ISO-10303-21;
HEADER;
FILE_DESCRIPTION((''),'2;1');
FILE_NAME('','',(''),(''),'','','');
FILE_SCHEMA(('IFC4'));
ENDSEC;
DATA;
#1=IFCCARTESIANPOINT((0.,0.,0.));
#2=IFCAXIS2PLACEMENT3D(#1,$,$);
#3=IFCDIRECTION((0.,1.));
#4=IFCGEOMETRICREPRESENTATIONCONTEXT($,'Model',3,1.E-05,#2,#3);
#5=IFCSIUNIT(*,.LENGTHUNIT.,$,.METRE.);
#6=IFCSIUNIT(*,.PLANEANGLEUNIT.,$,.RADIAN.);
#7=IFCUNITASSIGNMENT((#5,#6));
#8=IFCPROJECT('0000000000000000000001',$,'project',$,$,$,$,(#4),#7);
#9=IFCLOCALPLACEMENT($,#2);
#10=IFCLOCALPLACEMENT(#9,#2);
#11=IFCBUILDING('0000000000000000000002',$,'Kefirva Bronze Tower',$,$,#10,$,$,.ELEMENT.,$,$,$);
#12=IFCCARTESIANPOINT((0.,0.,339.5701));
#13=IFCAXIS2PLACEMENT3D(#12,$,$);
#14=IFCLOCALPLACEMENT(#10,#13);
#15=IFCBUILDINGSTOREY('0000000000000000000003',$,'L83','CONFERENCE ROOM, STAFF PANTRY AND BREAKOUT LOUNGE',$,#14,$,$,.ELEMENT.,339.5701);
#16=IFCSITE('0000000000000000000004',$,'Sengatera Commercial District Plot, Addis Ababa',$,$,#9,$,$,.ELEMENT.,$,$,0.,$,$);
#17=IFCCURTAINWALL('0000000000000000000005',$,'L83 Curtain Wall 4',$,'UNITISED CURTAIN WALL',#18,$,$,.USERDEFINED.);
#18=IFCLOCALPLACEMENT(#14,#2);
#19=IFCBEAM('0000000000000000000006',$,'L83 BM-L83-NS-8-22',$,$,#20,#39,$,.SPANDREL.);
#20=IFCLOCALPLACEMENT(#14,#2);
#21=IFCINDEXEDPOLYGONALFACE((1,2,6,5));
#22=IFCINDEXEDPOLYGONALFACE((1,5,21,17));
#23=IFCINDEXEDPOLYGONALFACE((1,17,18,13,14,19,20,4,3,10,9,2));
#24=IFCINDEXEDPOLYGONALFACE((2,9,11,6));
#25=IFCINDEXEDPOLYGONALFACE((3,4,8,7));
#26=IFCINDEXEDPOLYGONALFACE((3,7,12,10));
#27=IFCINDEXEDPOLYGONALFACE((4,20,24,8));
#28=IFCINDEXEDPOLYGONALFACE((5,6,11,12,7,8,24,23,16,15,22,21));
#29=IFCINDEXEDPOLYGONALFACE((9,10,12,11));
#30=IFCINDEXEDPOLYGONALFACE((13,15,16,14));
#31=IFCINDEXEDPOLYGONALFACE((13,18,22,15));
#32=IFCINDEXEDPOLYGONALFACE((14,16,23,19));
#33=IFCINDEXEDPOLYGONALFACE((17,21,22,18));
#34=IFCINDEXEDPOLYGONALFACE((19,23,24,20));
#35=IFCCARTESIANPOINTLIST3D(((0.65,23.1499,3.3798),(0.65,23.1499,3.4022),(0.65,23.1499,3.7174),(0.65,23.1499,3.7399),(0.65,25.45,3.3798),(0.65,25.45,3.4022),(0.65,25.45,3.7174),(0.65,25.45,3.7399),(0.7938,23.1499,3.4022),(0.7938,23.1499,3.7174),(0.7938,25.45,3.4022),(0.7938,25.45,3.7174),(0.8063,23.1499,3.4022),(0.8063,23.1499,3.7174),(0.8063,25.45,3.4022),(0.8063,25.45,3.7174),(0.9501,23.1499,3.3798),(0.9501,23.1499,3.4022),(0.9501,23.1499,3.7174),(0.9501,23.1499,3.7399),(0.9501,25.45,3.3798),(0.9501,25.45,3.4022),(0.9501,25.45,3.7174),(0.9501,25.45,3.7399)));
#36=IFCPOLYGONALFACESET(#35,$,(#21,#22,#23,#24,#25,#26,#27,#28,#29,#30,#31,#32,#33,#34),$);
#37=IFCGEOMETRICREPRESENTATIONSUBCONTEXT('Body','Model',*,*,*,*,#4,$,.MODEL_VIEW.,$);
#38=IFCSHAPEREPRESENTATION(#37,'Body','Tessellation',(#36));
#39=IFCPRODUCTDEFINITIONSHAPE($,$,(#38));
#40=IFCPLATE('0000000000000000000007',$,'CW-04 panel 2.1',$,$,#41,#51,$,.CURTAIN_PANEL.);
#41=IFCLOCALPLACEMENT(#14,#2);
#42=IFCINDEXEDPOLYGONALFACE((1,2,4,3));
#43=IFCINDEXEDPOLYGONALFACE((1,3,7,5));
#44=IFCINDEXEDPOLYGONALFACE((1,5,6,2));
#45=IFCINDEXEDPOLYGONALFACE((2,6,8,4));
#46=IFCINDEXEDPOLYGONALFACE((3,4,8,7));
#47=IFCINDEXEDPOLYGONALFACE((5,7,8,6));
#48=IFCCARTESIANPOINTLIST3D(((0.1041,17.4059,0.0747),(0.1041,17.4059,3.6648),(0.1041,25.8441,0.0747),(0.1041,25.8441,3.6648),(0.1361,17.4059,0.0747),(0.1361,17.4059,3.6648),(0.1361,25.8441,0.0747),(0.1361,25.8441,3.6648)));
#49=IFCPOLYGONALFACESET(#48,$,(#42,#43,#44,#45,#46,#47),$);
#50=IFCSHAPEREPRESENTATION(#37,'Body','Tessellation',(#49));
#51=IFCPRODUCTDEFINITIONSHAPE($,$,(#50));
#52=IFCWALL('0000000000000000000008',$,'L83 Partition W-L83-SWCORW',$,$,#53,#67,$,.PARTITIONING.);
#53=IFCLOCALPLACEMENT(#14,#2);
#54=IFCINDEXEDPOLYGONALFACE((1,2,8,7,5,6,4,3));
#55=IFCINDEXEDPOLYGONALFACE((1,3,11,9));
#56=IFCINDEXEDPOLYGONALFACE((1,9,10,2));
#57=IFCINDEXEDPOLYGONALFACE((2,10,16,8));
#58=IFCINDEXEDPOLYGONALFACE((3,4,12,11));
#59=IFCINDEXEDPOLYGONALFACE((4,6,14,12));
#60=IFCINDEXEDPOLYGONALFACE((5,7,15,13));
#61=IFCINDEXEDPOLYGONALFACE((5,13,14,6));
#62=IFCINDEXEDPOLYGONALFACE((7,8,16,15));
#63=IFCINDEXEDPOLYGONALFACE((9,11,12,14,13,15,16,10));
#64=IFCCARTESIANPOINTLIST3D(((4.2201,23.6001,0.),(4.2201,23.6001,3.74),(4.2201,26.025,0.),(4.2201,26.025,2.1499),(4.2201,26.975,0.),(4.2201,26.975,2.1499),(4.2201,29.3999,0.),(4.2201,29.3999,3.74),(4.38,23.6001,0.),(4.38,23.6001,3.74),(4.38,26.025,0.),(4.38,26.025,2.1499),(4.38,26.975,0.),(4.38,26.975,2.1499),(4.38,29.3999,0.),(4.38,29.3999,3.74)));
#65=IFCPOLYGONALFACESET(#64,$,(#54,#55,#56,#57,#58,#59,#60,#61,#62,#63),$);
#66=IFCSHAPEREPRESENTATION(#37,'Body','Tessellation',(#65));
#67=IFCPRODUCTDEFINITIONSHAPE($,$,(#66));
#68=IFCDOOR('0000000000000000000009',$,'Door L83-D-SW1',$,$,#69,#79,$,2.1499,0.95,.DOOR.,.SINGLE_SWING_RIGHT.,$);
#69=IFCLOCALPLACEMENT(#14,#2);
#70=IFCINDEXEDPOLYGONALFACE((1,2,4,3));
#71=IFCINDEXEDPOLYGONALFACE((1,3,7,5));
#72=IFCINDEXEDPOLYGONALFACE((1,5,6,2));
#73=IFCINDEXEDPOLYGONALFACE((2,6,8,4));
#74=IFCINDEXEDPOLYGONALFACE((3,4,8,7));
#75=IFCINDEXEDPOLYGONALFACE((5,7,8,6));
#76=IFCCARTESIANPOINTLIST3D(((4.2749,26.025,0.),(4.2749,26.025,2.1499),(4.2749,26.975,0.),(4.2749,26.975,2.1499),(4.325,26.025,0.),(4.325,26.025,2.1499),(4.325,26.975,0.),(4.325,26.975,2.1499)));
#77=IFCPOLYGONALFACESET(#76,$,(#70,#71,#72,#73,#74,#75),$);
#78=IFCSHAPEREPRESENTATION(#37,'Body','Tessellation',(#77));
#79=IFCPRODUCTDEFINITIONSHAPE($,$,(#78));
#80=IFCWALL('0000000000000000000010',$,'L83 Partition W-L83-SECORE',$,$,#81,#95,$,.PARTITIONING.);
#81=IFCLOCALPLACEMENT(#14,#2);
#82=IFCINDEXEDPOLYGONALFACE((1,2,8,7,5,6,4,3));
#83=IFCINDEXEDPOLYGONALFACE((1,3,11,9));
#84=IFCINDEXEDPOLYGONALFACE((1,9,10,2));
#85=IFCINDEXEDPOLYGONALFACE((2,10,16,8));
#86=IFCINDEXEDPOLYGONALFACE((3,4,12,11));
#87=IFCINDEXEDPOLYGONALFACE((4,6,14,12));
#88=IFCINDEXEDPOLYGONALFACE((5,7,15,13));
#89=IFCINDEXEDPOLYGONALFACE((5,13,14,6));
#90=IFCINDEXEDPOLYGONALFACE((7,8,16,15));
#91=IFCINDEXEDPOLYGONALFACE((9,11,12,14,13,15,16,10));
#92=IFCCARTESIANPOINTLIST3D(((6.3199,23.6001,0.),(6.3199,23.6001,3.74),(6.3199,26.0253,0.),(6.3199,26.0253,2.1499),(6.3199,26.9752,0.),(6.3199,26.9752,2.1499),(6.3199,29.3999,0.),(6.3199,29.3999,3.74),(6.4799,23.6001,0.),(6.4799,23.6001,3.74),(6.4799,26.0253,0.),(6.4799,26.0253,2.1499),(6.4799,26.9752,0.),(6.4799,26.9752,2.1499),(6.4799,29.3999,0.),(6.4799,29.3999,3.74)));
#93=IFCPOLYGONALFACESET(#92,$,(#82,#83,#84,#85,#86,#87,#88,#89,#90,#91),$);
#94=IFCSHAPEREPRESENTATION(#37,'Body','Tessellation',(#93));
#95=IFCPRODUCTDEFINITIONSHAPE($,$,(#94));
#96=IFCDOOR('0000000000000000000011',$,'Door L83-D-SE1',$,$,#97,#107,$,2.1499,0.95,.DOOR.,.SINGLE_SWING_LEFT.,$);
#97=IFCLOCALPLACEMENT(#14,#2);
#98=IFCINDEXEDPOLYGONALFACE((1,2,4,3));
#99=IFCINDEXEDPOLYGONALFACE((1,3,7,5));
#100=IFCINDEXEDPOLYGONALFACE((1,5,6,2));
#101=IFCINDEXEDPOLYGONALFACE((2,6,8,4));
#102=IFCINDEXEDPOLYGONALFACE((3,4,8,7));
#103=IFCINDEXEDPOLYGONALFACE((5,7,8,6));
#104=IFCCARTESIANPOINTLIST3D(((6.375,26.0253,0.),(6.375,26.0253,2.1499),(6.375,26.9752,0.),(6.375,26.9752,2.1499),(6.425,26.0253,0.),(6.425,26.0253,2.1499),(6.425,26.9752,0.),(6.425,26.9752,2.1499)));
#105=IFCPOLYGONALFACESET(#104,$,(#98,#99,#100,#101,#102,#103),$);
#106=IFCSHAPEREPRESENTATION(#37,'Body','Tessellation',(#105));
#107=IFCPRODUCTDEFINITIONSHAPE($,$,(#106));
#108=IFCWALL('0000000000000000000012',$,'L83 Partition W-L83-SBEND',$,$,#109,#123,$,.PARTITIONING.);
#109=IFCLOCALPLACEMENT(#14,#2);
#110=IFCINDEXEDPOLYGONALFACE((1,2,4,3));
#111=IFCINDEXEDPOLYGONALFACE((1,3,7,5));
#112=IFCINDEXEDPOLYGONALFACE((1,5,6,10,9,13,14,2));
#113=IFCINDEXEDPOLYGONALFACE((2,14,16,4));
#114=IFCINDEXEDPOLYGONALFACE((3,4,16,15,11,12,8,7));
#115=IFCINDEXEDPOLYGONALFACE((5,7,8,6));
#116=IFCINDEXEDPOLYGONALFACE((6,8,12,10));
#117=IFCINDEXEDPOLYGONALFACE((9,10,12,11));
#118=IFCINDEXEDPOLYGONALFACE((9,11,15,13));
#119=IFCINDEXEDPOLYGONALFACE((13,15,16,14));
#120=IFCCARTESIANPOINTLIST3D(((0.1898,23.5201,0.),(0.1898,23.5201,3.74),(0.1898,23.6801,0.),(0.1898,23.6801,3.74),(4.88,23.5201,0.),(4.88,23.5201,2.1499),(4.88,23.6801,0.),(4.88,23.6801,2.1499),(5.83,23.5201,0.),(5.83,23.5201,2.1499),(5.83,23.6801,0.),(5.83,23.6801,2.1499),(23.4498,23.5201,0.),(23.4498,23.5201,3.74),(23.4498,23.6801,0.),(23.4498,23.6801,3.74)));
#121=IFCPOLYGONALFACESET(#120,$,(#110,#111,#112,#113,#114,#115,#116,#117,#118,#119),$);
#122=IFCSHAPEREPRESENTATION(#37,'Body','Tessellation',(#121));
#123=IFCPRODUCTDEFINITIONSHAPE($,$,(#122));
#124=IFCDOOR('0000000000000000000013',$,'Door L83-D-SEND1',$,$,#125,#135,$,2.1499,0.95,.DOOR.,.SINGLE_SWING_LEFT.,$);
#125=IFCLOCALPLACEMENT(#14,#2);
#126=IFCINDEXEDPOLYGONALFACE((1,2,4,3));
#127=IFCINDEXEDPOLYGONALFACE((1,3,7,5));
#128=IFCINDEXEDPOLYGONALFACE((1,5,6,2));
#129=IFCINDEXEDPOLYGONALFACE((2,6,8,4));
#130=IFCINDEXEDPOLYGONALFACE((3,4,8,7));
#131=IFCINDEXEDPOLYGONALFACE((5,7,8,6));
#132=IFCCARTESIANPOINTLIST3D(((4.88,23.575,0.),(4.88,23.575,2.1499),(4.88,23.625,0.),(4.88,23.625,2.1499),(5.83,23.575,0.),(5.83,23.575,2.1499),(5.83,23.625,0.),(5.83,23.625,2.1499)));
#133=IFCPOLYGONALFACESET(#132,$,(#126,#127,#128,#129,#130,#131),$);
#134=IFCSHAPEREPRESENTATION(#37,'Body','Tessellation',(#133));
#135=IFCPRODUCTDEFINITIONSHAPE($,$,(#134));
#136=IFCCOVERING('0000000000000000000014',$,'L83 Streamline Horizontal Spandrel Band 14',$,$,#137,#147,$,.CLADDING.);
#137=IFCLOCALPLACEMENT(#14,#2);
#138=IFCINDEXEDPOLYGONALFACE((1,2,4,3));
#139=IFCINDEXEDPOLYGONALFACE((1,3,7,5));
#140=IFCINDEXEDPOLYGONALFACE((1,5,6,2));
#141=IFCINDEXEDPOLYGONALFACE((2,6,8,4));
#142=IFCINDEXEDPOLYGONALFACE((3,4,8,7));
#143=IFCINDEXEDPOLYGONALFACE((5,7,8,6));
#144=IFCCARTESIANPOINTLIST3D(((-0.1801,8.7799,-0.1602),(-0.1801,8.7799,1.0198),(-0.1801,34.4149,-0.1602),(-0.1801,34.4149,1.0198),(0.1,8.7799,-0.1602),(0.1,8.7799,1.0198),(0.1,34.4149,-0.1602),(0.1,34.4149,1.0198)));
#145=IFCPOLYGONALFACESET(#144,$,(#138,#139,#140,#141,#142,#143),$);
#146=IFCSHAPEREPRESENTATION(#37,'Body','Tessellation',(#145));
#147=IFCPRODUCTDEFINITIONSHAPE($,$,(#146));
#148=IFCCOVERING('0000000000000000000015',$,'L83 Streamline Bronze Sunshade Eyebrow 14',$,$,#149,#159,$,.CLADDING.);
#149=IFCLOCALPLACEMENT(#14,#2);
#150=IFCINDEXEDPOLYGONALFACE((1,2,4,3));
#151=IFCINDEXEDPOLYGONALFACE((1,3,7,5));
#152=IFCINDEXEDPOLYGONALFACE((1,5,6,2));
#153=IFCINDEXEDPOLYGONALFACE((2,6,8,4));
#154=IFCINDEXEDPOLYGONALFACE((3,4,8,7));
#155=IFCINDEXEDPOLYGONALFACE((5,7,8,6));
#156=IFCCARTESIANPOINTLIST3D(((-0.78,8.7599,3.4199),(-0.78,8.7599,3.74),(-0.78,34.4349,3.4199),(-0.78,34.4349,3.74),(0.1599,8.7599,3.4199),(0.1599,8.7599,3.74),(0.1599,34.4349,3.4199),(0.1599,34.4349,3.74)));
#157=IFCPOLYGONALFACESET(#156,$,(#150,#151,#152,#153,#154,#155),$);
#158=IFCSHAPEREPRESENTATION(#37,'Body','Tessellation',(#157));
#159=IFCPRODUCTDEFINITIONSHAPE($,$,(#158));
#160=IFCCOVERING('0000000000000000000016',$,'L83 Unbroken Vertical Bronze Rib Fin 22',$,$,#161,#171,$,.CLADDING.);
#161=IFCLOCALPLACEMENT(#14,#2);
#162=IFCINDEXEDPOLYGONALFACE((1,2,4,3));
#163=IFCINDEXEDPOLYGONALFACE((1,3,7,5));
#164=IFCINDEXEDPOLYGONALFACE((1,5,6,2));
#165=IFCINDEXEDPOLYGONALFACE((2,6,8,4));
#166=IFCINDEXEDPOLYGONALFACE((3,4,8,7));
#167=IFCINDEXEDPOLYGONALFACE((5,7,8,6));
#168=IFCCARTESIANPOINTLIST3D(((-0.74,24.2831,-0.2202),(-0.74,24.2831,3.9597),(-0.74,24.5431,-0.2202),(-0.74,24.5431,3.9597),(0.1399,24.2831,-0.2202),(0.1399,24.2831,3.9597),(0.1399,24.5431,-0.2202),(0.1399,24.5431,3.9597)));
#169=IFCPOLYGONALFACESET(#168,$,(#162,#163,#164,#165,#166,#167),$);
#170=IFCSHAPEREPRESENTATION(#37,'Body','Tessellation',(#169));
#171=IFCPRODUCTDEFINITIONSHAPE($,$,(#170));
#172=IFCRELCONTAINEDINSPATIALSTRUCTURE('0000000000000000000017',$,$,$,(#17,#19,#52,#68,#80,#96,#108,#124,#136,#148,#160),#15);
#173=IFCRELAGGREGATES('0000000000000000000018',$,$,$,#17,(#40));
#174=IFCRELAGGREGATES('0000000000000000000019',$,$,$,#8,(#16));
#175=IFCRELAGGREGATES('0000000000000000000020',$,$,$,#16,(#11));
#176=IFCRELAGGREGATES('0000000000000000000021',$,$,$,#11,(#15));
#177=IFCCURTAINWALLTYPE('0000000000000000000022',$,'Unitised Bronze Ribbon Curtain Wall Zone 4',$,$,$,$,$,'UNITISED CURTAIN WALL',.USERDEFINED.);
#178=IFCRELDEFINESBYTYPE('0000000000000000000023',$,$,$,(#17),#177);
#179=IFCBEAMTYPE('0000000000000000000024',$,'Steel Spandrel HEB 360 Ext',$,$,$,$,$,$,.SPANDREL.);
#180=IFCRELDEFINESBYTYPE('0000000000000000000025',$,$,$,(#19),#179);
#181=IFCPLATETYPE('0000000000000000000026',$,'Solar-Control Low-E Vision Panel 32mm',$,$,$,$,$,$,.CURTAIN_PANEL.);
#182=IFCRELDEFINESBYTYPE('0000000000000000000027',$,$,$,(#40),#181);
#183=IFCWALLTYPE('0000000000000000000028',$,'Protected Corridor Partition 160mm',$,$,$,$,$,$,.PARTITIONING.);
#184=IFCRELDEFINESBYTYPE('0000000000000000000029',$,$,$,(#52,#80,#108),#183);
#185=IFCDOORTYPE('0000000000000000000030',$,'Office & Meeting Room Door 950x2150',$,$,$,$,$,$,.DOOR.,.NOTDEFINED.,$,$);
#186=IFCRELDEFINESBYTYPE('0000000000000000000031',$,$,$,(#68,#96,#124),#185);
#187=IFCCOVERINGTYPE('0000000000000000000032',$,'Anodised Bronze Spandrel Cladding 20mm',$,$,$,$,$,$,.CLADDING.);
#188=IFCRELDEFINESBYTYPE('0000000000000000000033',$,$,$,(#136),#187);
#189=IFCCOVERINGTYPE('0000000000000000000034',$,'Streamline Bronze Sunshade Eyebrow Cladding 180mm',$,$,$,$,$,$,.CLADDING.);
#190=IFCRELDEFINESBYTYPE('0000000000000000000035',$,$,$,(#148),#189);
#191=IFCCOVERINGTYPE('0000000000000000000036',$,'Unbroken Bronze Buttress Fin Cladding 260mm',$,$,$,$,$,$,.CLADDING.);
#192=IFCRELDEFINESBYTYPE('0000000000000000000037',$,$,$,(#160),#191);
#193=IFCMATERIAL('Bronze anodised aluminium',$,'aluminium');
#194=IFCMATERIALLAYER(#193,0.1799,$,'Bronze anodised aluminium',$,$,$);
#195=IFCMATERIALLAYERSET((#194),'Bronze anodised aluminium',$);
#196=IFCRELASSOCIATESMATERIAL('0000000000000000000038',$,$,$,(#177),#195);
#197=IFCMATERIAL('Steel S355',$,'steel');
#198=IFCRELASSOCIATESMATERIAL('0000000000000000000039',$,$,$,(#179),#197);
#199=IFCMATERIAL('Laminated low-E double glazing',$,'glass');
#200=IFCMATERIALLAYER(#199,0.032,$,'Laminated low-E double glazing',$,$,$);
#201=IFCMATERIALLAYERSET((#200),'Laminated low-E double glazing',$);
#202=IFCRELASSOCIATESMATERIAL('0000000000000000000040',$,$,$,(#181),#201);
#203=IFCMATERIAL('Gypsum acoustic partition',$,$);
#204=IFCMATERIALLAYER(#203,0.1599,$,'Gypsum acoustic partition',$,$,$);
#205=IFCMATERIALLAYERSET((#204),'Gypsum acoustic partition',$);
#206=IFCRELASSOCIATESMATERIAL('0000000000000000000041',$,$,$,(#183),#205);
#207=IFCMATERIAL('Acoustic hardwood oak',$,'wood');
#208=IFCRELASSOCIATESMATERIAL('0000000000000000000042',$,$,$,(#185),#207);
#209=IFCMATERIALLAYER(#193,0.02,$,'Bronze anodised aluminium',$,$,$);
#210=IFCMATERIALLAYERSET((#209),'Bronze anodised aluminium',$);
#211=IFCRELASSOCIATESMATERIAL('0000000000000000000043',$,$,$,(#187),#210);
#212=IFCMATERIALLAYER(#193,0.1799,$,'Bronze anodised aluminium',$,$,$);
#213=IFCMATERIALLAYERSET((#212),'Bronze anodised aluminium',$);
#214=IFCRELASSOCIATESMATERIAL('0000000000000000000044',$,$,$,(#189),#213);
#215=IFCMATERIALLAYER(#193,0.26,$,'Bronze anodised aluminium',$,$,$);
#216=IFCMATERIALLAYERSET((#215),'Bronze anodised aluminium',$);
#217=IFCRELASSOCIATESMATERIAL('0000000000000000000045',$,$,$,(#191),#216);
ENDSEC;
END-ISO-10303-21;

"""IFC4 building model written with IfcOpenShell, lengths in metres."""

from ifc_helpers import new_model, si_unit, direction, frame, frame_2d, origin, origin_2d, place, context, subcontext, project, spatial, rectangle, i_section, extrude, material, layer, layer_set, material_profile, profile_set, type_object, element, fill, aggregate, save


model = new_model("IFC4")

# Units and contexts
model_context = context("Model", 3, precision=1e-05, world=origin(), true_north=direction((0.0, 1.0)))
body_context = subcontext(model_context, "Body", "Model", "MODEL_VIEW")
ifc_project = project(units=[si_unit("LENGTHUNIT", "METRE"), si_unit("PLANEANGLEUNIT", "RADIAN")], contexts=[model_context])

# Site, building, storey
site_placement = place(None, origin())
site = spatial("IfcSite", under=ifc_project, at=site_placement, Name="Sengatera Commercial District Plot, Addis Ababa", CompositionType="ELEMENT", RefElevation=0.0)
building_placement = place(site_placement, origin())
building = spatial("IfcBuilding", under=site, at=building_placement, Name="Kefirva Bronze Tower", CompositionType="ELEMENT")
storey_placement = place(building_placement, frame((0.0, 0.0, 339.5701)))
storey = spatial("IfcBuildingStorey", under=building, at=storey_placement, Name="L83", Description="CONFERENCE ROOM, STAFF PANTRY AND BREAKOUT LOUNGE", CompositionType="ELEMENT", Elevation=339.5701)

# Curtain wall
ifc_material_1 = material(Name="Bronze anodised aluminium", Category="aluminium")
ifc_layer_1 = layer(ifc_material_1, 0.1799, Name="Bronze anodised aluminium")
ifc_layer_set_1 = layer_set([ifc_layer_1], Name="Bronze anodised aluminium")
curtain_wall_type = type_object("IfcCurtainWallType", Name="Unitised Bronze Ribbon Curtain Wall Zone 4", ElementType="UNITISED CURTAIN WALL", PredefinedType="USERDEFINED", material=ifc_layer_set_1)
curtain_wall_placement = place(storey_placement, origin())
curtain_wall = element("IfcCurtainWall", 1, at=curtain_wall_placement, inside=storey, type_object=curtain_wall_type, Name="L83 Curtain Wall 4", ObjectType="UNITISED CURTAIN WALL", PredefinedType="USERDEFINED")

# Beam
ifc_material_2 = material(Name="Steel S355", Category="steel")
ifc_material_profile_1 = material_profile(ifc_material_2, i_section(OverallWidth=0.3, OverallDepth=0.3601, WebThickness=0.0125, FlangeThickness=0.0225, at=origin_2d()), Name="HEB 360")
ifc_profile_set_1 = profile_set([ifc_material_profile_1], Name="Steel S355")
beam_type_1 = type_object("IfcBeamType", Name="Steel Spandrel HEB 360 Ext", PredefinedType="SPANDREL", material=ifc_profile_set_1)
beam_1_placement = place(storey_placement, frame((0.8, 23.1499, 3.5598), z_axis=(0.0, 1.0, 0.0), x_axis=(-1.0, 0.0, 0.0)))
element("IfcBeam", 2, at=beam_1_placement, inside=storey, type_object=beam_type_1, Name="L83 BM-L83-NS-8-22", PredefinedType="SPANDREL", context=body_context, shape_type="SweptSolid", body=[
    extrude(i_section(OverallWidth=0.3, OverallDepth=0.3601, WebThickness=0.0125, FlangeThickness=0.0225, at=origin_2d()), origin(), (0.0, 0.0, 1.0), 2.3),
])

# Plate
ifc_material_3 = material(Name="Laminated low-E double glazing", Category="glass")
ifc_layer_2 = layer(ifc_material_3, 0.032, Name="Laminated low-E double glazing")
ifc_layer_set_2 = layer_set([ifc_layer_2], Name="Laminated low-E double glazing")
plate_type = type_object("IfcPlateType", Name="Solar-Control Low-E Vision Panel 32mm", PredefinedType="CURTAIN_PANEL", material=ifc_layer_set_2)
plate_placement = place(storey_placement, frame((0.1201, 21.625, 0.0747), z_axis=(0.0, 0.0, 1.0), x_axis=(0.0, -1.0, 0.0)))
plate = element("IfcPlate", 3, at=plate_placement, type_object=plate_type, Name="CW-04 panel 2.1", PredefinedType="CURTAIN_PANEL", context=body_context, shape_type="SweptSolid", body=[
    extrude(rectangle(XDim=8.4382, YDim=0.032, at=origin_2d()), origin(), (0.0, 0.0, 1.0), 3.5901),
])
aggregate(curtain_wall, [plate])

# Walls, openings, doors
ifc_material_4 = material(Name="Gypsum acoustic partition")
ifc_layer_3 = layer(ifc_material_4, 0.1599, Name="Gypsum acoustic partition")
ifc_layer_set_3 = layer_set([ifc_layer_3], Name="Gypsum acoustic partition")
wall_type = type_object("IfcWallType", Name="Protected Corridor Partition 160mm", PredefinedType="PARTITIONING", material=ifc_layer_set_3)
wall_1_placement = place(storey_placement, frame((4.3, 23.6001, 0.0), z_axis=(0.0, 0.0, 1.0), x_axis=(0.0, 1.0, 0.0)))
wall_1 = element("IfcWall", 4, at=wall_1_placement, inside=storey, type_object=wall_type, Name="L83 Partition W-L83-SWCORW", PredefinedType="PARTITIONING", context=body_context, shape_type="SweptSolid", body=[
    extrude(rectangle(XDim=5.7998, YDim=0.1599, at=frame_2d((2.8999, 0.0))), origin(), (0.0, 0.0, 1.0), 3.74),
])
opening_1_placement = place(wall_1_placement, frame((3.375, 0.0, 0.0), z_axis=(0.0, 0.0, 1.0), x_axis=(-1.0, 0.0, 0.0)))
opening_1 = element("IfcOpeningElement", 5, at=opening_1_placement, cuts=wall_1, PredefinedType="OPENING", context=body_context, shape_type="SweptSolid", body=[
    extrude(rectangle(XDim=0.95, YDim=2.1499, at=frame_2d((0.4751, 1.075))), frame((0.0, 0.0898, 0.0), z_axis=(0.0, -1.0, 0.0), x_axis=(1.0, 0.0, 0.0)), (0.0, 0.0, 1.0), 0.1799),
])
ifc_material_5 = material(Name="Acoustic hardwood oak", Category="wood")
door_type = type_object("IfcDoorType", Name="Office & Meeting Room Door 950x2150", OperationType="NOTDEFINED", PredefinedType="DOOR", material=ifc_material_5)
door_1_placement = place(opening_1_placement, origin())
door_1 = element("IfcDoor", 6, at=door_1_placement, inside=storey, type_object=door_type, Name="Door L83-D-SW1", OperationType="SINGLE_SWING_RIGHT", OverallHeight=2.1499, OverallWidth=0.95, PredefinedType="DOOR", context=body_context, shape_type="SweptSolid", body=[
    extrude(rectangle(XDim=0.95, YDim=2.1499, at=frame_2d((0.4751, 1.075))), frame((0.0, 0.0249, 0.0), z_axis=(0.0, -1.0, 0.0), x_axis=(1.0, 0.0, 0.0)), (0.0, 0.0, 1.0), 0.05),
])
fill(opening_1, door_1)
wall_2_placement = place(storey_placement, frame((6.3999, 23.6001, 0.0), z_axis=(0.0, 0.0, 1.0), x_axis=(0.0, 1.0, 0.0)))
wall_2 = element("IfcWall", 7, at=wall_2_placement, inside=storey, type_object=wall_type, Name="L83 Partition W-L83-SECORE", PredefinedType="PARTITIONING", context=body_context, shape_type="SweptSolid", body=[
    extrude(rectangle(XDim=5.7998, YDim=0.1599, at=frame_2d((2.8999, 0.0))), origin(), (0.0, 0.0, 1.0), 3.74),
])
opening_2_placement = place(wall_2_placement, frame((2.425, 0.0, 0.0)))
opening_2 = element("IfcOpeningElement", 8, at=opening_2_placement, cuts=wall_2, PredefinedType="OPENING", context=body_context, shape_type="SweptSolid", body=[
    extrude(rectangle(XDim=0.95, YDim=2.1499, at=frame_2d((0.4751, 1.075))), frame((0.0, 0.0898, 0.0), z_axis=(0.0, -1.0, 0.0), x_axis=(1.0, 0.0, 0.0)), (0.0, 0.0, 1.0), 0.1799),
])
door_2_placement = place(opening_2_placement, origin())
door_2 = element("IfcDoor", 9, at=door_2_placement, inside=storey, type_object=door_type, Name="Door L83-D-SE1", OperationType="SINGLE_SWING_LEFT", OverallHeight=2.1499, OverallWidth=0.95, PredefinedType="DOOR", context=body_context, shape_type="SweptSolid", body=[
    extrude(rectangle(XDim=0.95, YDim=2.1499, at=frame_2d((0.4751, 1.075))), frame((0.0, 0.0249, 0.0), z_axis=(0.0, -1.0, 0.0), x_axis=(1.0, 0.0, 0.0)), (0.0, 0.0, 1.0), 0.05),
])
fill(opening_2, door_2)
wall_3_placement = place(storey_placement, frame((0.1899, 23.6001, 0.0), z_axis=(0.0, 0.0, 1.0), x_axis=(1.0, 0.0, 0.0)))
wall_3 = element("IfcWall", 10, at=wall_3_placement, inside=storey, type_object=wall_type, Name="L83 Partition W-L83-SBEND", PredefinedType="PARTITIONING", context=body_context, shape_type="SweptSolid", body=[
    extrude(rectangle(XDim=23.26, YDim=0.1599, at=frame_2d((11.6299, 0.0))), origin(), (0.0, 0.0, 1.0), 3.74),
])
opening_3_placement = place(wall_3_placement, frame((4.6899, 0.0, 0.0)))
opening_3 = element("IfcOpeningElement", 11, at=opening_3_placement, cuts=wall_3, PredefinedType="OPENING", context=body_context, shape_type="SweptSolid", body=[
    extrude(rectangle(XDim=0.95, YDim=2.1499, at=frame_2d((0.4751, 1.075))), frame((0.0, 0.0898, 0.0), z_axis=(0.0, -1.0, 0.0), x_axis=(1.0, 0.0, 0.0)), (0.0, 0.0, 1.0), 0.1799),
])
door_3_placement = place(opening_3_placement, origin())
door_3 = element("IfcDoor", 12, at=door_3_placement, inside=storey, type_object=door_type, Name="Door L83-D-SEND1", OperationType="SINGLE_SWING_LEFT", OverallHeight=2.1499, OverallWidth=0.95, PredefinedType="DOOR", context=body_context, shape_type="SweptSolid", body=[
    extrude(rectangle(XDim=0.95, YDim=2.1499, at=frame_2d((0.4751, 1.075))), frame((0.0, 0.0249, 0.0), z_axis=(0.0, -1.0, 0.0), x_axis=(1.0, 0.0, 0.0)), (0.0, 0.0, 1.0), 0.05),
])
fill(opening_3, door_3)

# Coverings
ifc_layer_4 = layer(ifc_material_1, 0.02, Name="Bronze anodised aluminium")
ifc_layer_set_4 = layer_set([ifc_layer_4], Name="Bronze anodised aluminium")
covering_type_1 = type_object("IfcCoveringType", Name="Anodised Bronze Spandrel Cladding 20mm", PredefinedType="CLADDING", material=ifc_layer_set_4)
covering_1_placement = place(storey_placement, frame((-0.04, 21.5974, -0.1602), z_axis=(0.0, 0.0, 1.0), x_axis=(0.0, -1.0, 0.0)))
element("IfcCovering", 13, at=covering_1_placement, inside=storey, type_object=covering_type_1, Name="L83 Streamline Horizontal Spandrel Band 14", PredefinedType="CLADDING", context=body_context, shape_type="SweptSolid", body=[
    extrude(rectangle(XDim=25.635, YDim=0.28, at=origin_2d()), origin(), (0.0, 0.0, 1.0), 1.1799),
])
ifc_layer_5 = layer(ifc_material_1, 0.1799, Name="Bronze anodised aluminium")
ifc_layer_set_5 = layer_set([ifc_layer_5], Name="Bronze anodised aluminium")
covering_type_2 = type_object("IfcCoveringType", Name="Streamline Bronze Sunshade Eyebrow Cladding 180mm", PredefinedType="CLADDING", material=ifc_layer_set_5)
covering_2_placement = place(storey_placement, frame((-0.3101, 21.5974, 3.4199), z_axis=(0.0, 0.0, 1.0), x_axis=(0.0, -1.0, 0.0)))
element("IfcCovering", 14, at=covering_2_placement, inside=storey, type_object=covering_type_2, Name="L83 Streamline Bronze Sunshade Eyebrow 14", PredefinedType="CLADDING", context=body_context, shape_type="SweptSolid", body=[
    extrude(rectangle(XDim=25.675, YDim=0.9399, at=origin_2d()), origin(), (0.0, 0.0, 1.0), 0.3201),
])
ifc_layer_6 = layer(ifc_material_1, 0.26, Name="Bronze anodised aluminium")
ifc_layer_set_6 = layer_set([ifc_layer_6], Name="Bronze anodised aluminium")
covering_type_3 = type_object("IfcCoveringType", Name="Unbroken Bronze Buttress Fin Cladding 260mm", PredefinedType="CLADDING", material=ifc_layer_set_6)
for number, where, z_axis, x_axis, name in (
    (15, (-0.3, 24.4131, -0.2202), (0.0, 0.0, 1.0), (0.0, -1.0, 0.0), "L83 Unbroken Vertical Bronze Rib Fin 22"),
):
    element("IfcCovering", number, at=place(storey_placement, frame(where, z_axis=z_axis, x_axis=x_axis)), inside=storey, type_object=covering_type_3, Name=name, PredefinedType="CLADDING", context=body_context, shape_type="SweptSolid", body=[
        extrude(rectangle(XDim=0.26, YDim=0.8799, at=origin_2d()), origin(), (0.0, 0.0, 1.0), 4.1799),
    ])

save(model, "model.ifc")
